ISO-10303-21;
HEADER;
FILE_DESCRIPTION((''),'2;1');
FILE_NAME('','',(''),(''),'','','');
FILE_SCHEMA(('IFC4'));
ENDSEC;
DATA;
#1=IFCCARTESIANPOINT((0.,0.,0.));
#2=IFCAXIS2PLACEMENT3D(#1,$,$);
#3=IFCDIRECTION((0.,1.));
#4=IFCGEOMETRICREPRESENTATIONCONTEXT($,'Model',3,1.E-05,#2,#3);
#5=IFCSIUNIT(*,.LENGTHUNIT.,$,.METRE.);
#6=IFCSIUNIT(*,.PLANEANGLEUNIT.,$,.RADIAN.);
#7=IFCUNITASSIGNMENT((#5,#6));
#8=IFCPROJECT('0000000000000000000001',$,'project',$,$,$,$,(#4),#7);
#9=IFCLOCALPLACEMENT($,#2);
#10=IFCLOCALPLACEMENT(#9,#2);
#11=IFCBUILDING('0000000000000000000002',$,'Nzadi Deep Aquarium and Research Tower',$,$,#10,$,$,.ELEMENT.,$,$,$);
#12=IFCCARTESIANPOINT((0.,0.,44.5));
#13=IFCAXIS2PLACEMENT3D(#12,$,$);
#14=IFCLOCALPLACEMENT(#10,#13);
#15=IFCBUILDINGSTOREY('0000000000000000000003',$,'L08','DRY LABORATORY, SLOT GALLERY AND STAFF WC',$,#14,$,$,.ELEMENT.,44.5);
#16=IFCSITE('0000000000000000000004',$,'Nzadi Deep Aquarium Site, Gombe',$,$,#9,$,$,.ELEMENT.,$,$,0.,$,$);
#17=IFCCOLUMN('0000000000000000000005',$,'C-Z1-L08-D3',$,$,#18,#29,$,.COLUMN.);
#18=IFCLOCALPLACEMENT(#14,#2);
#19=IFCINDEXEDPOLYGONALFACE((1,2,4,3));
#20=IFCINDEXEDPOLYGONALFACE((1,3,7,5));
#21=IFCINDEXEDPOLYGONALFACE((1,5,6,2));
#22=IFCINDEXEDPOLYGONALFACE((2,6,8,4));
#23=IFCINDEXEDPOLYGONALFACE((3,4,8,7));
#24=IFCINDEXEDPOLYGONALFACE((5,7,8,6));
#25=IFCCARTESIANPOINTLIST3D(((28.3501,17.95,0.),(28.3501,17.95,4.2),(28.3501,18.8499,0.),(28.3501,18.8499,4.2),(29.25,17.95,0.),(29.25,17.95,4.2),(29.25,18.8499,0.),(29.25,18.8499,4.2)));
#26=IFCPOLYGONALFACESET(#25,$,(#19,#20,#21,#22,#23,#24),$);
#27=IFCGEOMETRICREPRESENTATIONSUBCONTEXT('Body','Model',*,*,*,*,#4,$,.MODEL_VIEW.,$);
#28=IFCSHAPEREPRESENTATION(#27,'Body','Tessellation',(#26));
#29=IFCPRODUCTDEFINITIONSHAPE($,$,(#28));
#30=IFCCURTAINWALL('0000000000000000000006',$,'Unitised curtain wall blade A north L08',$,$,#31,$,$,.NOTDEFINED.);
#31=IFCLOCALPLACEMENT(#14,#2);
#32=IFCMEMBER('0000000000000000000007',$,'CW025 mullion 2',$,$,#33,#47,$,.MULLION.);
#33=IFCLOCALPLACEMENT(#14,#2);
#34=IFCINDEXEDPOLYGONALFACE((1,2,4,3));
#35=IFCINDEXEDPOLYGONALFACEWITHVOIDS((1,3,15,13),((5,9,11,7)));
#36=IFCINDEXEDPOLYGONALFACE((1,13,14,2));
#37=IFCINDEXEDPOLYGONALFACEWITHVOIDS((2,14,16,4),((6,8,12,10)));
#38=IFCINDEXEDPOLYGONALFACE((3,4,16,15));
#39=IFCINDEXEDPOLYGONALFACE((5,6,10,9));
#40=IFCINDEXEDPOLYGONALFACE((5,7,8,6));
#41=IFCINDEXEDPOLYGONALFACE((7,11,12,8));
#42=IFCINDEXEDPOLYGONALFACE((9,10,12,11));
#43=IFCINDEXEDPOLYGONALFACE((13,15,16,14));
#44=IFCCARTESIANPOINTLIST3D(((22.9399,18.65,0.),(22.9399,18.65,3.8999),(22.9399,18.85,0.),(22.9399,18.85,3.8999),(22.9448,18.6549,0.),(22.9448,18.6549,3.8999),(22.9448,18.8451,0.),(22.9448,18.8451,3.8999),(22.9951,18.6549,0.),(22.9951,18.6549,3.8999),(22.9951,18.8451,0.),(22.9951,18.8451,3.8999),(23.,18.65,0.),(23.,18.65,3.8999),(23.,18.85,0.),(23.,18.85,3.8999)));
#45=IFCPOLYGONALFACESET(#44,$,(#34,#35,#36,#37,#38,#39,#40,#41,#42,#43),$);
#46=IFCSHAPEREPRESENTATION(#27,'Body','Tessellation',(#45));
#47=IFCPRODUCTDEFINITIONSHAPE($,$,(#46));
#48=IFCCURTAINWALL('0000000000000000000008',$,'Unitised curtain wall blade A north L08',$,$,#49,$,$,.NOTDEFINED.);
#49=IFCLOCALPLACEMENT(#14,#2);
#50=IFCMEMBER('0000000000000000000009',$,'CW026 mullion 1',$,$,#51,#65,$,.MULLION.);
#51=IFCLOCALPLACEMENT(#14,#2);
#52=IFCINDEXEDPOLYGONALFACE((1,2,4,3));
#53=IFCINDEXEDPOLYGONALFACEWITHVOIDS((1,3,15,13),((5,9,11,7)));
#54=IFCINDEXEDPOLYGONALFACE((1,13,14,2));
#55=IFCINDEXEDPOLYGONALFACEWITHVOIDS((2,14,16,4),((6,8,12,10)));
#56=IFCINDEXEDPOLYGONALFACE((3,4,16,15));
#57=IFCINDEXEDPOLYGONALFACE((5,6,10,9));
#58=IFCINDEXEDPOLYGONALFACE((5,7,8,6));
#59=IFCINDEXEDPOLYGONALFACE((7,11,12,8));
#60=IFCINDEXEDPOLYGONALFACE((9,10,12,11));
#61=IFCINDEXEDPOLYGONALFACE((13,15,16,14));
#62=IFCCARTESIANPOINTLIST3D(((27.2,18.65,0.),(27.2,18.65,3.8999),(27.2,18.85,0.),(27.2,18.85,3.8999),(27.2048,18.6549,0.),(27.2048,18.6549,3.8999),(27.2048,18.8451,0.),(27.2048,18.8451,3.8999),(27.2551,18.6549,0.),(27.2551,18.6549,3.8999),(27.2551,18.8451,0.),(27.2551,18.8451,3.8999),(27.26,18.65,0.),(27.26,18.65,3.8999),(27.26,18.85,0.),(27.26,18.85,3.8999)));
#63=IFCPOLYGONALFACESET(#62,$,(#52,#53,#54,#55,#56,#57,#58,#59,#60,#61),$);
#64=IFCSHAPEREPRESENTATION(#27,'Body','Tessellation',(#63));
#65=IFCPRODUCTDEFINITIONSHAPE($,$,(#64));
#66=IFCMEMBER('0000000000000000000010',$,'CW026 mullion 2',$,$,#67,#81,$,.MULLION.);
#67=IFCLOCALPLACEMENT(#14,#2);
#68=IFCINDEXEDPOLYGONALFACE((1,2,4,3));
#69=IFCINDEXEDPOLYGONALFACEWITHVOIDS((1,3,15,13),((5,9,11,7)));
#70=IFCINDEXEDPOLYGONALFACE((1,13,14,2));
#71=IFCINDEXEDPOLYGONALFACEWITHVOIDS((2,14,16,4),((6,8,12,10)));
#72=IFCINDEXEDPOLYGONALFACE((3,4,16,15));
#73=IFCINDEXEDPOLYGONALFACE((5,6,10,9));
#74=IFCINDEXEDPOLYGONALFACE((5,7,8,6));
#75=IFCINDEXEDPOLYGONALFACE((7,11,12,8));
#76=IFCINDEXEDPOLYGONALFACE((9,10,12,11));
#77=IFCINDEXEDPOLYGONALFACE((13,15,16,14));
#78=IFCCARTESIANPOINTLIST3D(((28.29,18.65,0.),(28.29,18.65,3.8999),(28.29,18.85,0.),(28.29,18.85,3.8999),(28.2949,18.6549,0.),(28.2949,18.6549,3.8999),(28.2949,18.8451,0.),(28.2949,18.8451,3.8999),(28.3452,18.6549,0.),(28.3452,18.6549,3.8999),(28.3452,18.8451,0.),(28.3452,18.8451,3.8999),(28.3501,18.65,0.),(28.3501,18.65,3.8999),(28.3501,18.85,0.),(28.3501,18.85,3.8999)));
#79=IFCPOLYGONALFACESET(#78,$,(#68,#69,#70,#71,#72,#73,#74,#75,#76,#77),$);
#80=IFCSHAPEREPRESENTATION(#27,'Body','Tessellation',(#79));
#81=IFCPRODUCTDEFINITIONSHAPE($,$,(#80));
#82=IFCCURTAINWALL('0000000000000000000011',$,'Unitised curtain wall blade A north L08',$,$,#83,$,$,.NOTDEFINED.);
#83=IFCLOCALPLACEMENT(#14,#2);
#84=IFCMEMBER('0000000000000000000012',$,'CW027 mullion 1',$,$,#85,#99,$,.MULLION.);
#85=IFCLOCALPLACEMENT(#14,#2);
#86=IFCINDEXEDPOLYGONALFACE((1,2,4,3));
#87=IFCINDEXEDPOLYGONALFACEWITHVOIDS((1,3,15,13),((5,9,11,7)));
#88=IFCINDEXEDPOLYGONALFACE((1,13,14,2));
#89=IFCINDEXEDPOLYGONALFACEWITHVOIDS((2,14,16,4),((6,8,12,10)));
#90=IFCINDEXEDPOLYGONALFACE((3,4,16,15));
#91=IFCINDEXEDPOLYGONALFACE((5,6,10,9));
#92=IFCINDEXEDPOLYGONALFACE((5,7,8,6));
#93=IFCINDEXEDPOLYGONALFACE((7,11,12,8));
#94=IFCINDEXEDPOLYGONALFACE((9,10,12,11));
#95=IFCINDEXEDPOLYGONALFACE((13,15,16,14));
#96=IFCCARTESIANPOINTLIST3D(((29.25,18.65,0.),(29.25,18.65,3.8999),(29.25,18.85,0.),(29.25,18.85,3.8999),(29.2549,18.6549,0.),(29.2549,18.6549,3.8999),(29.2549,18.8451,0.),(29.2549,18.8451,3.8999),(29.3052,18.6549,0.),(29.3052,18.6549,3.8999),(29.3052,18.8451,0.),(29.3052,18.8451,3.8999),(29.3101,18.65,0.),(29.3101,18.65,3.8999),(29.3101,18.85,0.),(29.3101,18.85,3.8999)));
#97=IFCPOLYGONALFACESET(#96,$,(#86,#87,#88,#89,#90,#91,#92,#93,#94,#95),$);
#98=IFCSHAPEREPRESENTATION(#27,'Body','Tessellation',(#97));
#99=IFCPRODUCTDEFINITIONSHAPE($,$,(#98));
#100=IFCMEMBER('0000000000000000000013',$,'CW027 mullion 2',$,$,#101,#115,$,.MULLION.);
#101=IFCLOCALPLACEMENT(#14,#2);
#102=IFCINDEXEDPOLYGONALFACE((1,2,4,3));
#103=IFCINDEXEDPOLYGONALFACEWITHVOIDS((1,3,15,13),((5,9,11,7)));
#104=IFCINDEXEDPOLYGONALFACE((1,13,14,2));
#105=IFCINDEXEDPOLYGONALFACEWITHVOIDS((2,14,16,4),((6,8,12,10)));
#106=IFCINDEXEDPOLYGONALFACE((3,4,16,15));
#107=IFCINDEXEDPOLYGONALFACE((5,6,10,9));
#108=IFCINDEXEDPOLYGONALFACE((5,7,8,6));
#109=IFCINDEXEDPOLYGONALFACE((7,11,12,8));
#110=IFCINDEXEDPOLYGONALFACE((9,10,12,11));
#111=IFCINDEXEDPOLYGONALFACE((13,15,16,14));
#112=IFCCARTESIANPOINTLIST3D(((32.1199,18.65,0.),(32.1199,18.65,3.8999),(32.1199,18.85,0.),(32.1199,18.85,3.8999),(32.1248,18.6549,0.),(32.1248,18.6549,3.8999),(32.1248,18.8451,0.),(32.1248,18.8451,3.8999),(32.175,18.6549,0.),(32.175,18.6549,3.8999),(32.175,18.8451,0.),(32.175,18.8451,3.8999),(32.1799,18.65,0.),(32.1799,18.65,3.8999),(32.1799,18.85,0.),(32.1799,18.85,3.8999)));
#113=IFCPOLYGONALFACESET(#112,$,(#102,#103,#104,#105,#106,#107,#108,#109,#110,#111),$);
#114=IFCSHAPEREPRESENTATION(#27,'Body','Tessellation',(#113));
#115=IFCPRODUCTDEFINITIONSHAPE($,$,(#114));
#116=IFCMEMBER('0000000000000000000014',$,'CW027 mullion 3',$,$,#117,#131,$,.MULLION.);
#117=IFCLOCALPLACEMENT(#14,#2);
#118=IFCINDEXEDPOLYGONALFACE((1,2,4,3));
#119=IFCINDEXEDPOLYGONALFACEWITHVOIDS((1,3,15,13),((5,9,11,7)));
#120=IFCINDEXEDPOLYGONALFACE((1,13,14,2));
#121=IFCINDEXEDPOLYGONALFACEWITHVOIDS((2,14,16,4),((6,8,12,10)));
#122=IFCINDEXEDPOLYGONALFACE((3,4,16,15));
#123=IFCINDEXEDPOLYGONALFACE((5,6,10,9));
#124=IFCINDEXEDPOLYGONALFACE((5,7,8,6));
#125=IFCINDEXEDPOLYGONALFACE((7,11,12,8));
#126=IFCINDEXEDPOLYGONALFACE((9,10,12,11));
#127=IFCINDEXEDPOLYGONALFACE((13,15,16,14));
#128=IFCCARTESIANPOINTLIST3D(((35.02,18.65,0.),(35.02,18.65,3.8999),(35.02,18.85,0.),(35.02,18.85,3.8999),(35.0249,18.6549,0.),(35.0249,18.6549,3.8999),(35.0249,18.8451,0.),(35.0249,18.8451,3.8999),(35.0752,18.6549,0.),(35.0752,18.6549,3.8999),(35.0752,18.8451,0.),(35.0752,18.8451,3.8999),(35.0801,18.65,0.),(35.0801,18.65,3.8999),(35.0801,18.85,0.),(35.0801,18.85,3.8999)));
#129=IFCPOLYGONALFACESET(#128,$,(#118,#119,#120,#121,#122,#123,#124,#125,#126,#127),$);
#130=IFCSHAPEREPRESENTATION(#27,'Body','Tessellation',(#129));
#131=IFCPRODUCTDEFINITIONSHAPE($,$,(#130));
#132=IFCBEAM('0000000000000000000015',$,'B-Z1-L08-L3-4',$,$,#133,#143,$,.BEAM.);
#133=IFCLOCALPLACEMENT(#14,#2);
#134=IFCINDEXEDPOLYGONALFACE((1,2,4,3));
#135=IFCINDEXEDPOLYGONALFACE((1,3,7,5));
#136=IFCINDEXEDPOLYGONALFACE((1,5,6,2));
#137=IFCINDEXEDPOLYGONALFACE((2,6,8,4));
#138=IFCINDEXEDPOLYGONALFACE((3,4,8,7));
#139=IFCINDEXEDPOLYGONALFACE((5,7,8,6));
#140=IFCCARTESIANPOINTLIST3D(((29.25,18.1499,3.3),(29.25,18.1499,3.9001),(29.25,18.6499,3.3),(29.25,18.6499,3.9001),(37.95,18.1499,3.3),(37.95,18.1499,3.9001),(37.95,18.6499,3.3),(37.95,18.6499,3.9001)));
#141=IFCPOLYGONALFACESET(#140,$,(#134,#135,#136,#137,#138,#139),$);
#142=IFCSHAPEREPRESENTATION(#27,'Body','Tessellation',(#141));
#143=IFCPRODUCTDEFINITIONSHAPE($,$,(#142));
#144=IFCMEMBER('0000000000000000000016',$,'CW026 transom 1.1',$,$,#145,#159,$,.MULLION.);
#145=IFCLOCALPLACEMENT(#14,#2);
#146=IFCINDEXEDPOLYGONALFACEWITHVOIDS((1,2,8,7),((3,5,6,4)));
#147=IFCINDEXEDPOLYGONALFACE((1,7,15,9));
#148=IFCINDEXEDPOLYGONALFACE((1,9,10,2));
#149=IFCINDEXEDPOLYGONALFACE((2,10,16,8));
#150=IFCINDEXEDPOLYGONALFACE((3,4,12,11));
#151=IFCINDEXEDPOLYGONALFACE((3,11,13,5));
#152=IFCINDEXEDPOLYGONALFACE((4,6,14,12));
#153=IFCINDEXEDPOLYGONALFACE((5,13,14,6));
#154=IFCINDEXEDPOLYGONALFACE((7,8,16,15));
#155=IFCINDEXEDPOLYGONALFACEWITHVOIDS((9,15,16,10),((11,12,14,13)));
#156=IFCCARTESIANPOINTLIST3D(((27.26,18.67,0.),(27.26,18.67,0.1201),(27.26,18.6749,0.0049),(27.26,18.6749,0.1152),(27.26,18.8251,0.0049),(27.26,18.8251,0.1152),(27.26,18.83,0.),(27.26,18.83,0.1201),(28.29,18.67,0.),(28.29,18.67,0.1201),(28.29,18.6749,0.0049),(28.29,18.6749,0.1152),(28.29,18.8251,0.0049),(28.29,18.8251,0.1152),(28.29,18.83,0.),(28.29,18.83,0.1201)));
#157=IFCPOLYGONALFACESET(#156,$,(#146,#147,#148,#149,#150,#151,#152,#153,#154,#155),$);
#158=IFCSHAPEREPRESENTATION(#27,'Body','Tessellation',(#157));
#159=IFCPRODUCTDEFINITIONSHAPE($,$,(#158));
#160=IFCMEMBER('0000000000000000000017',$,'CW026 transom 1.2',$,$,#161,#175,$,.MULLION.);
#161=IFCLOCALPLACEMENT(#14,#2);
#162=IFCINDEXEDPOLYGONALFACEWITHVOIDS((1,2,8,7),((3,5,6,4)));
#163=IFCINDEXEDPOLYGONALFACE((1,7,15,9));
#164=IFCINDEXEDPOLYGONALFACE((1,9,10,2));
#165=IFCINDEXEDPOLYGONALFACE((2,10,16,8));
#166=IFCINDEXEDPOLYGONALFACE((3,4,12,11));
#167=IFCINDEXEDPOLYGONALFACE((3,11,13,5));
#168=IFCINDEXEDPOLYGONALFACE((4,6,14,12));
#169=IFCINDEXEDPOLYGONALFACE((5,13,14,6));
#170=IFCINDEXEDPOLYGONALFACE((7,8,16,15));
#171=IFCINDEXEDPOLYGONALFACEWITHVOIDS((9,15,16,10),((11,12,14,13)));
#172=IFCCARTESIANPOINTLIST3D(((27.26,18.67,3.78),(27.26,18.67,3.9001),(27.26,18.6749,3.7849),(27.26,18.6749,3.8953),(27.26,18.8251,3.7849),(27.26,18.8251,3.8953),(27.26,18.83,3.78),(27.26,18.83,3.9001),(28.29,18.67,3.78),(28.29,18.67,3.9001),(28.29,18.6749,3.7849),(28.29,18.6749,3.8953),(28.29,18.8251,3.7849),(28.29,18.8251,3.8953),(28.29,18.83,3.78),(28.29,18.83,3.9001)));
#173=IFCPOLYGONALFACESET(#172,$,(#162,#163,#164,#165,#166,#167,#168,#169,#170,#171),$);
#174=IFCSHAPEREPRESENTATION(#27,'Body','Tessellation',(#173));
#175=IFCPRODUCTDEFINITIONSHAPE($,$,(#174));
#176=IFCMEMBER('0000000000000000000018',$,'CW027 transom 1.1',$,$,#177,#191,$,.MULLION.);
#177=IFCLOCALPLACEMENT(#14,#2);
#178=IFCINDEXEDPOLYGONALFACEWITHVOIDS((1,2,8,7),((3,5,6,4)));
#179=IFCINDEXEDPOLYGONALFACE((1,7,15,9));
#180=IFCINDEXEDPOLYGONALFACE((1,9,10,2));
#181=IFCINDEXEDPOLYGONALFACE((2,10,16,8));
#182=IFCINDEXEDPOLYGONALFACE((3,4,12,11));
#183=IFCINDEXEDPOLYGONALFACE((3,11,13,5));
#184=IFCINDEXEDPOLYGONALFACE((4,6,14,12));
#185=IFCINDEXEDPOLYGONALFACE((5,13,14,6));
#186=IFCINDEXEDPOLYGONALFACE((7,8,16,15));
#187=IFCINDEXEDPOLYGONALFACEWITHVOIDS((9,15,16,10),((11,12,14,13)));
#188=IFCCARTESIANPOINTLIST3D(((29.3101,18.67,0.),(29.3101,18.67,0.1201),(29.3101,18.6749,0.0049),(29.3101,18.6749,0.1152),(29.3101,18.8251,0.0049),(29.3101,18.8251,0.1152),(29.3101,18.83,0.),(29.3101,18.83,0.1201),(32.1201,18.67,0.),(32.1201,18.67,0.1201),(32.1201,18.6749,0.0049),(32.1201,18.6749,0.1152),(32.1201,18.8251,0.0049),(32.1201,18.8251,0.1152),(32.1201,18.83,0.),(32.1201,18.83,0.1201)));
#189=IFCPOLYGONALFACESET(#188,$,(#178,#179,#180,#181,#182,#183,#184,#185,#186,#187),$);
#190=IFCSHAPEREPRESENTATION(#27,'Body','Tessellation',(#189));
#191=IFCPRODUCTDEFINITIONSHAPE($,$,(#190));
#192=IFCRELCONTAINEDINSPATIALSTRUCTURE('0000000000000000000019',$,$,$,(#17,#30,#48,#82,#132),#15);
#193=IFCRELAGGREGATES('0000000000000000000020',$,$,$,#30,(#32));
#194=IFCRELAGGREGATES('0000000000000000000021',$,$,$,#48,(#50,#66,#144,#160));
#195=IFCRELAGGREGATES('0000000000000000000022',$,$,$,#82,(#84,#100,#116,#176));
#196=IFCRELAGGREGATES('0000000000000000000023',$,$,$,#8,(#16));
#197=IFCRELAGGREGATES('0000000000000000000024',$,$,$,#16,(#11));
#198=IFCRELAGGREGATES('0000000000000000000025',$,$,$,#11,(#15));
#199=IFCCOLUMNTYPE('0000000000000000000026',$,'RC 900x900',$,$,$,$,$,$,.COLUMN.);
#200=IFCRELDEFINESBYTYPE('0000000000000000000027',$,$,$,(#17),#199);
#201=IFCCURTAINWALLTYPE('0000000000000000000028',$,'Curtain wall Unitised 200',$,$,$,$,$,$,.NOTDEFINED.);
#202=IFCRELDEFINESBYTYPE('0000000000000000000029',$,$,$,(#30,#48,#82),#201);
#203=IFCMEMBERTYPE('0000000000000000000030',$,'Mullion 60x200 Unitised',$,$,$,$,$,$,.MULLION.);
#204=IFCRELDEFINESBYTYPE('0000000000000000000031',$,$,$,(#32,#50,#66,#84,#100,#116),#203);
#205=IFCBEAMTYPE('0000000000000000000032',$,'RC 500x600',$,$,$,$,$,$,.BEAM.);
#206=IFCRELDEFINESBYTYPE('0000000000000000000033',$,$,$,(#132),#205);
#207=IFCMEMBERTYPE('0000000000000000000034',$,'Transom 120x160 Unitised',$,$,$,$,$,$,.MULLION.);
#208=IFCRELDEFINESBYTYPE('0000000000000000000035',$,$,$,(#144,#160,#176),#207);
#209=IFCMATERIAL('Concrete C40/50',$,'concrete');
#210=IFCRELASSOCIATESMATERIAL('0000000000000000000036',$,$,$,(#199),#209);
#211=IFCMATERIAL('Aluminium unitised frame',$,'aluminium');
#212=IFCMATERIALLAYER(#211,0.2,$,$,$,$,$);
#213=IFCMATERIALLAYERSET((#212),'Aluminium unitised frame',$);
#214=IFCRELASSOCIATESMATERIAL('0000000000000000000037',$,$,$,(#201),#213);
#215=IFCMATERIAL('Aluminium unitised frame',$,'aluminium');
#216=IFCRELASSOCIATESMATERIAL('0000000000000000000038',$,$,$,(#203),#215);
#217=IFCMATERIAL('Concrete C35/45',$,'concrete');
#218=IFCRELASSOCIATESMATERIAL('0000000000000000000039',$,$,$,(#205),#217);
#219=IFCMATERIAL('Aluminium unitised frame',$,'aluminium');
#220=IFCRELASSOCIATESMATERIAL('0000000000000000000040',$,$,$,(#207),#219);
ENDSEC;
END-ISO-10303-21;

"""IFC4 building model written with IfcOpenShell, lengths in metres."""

from ifc_helpers import new_model, si_unit, direction, frame, origin, origin_2d, place, context, subcontext, project, spatial, rectangle, hollow_rectangle, extrude, material, layer, layer_set, material_profile, profile_set, type_object, element, aggregate, save


model = new_model("IFC4")

# Units and contexts
model_context = context("Model", 3, precision=1e-05, world=origin(), true_north=direction((0.0, 1.0)))
body_context = subcontext(model_context, "Body", "Model", "MODEL_VIEW")
ifc_project = project(units=[si_unit("LENGTHUNIT", "METRE"), si_unit("PLANEANGLEUNIT", "RADIAN")], contexts=[model_context])

# Site, building, storey
site_placement = place(None, origin())
site = spatial("IfcSite", under=ifc_project, at=site_placement, Name="Nzadi Deep Aquarium Site, Gombe", CompositionType="ELEMENT", RefElevation=0.0)
building_placement = place(site_placement, origin())
building = spatial("IfcBuilding", under=site, at=building_placement, Name="Nzadi Deep Aquarium and Research Tower", CompositionType="ELEMENT")
storey_placement = place(building_placement, frame((0.0, 0.0, 44.5)))
storey = spatial("IfcBuildingStorey", under=building, at=storey_placement, Name="L08", Description="DRY LABORATORY, SLOT GALLERY AND STAFF WC", CompositionType="ELEMENT", Elevation=44.5)

# Column
ifc_material_1 = material(Name="Concrete C40/50", Category="concrete")
ifc_material_profile_1 = material_profile(ifc_material_1, rectangle(XDim=0.8999, YDim=0.8999, at=origin_2d()))
ifc_profile_set_1 = profile_set([ifc_material_profile_1], Name="Concrete C40/50")
column_type = type_object("IfcColumnType", Name="RC 900x900", PredefinedType="COLUMN", material=ifc_profile_set_1)
column_placement = place(storey_placement, frame((28.8, 18.3999, 0.0), z_axis=(0.0, 0.0, 1.0), x_axis=(1.0, 0.0, 0.0)))
element("IfcColumn", 1, at=column_placement, inside=storey, type_object=column_type, Name="C-Z1-L08-D3", PredefinedType="COLUMN", context=body_context, shape_type="SweptSolid", body=[
    extrude(rectangle(XDim=0.8999, YDim=0.8999, at=origin_2d()), origin(), (0.0, 0.0, 1.0), 4.2),
])

# Curtain wall, member
ifc_material_2 = material(Name="Aluminium unitised frame", Category="aluminium")
ifc_layer_1 = layer(ifc_material_2, 0.2)
ifc_layer_set_1 = layer_set([ifc_layer_1], Name="Aluminium unitised frame")
curtain_wall_type = type_object("IfcCurtainWallType", Name="Curtain wall Unitised 200", PredefinedType="NOTDEFINED", material=ifc_layer_set_1)
curtain_wall_1_placement = place(storey_placement, origin())
curtain_wall_1 = element("IfcCurtainWall", 2, at=curtain_wall_1_placement, inside=storey, type_object=curtain_wall_type, Name="Unitised curtain wall blade A north L08", PredefinedType="NOTDEFINED")
ifc_material_3 = material(Name="Aluminium unitised frame", Category="aluminium")
ifc_material_profile_2 = material_profile(ifc_material_3, hollow_rectangle(XDim=0.2, YDim=0.0601, WallThickness=0.0049, at=origin_2d()))
ifc_profile_set_2 = profile_set([ifc_material_profile_2], Name="Aluminium unitised frame")
member_type_1 = type_object("IfcMemberType", Name="Mullion 60x200 Unitised", PredefinedType="MULLION", material=ifc_profile_set_2)
member_1_placement = place(storey_placement, frame((22.97, 18.75, 0.0), z_axis=(0.0, 0.0, 1.0), x_axis=(0.0, 1.0, 0.0)))
member_1 = element("IfcMember", 3, at=member_1_placement, type_object=member_type_1, Name="CW025 mullion 2", PredefinedType="MULLION", context=body_context, shape_type="SweptSolid", body=[
    extrude(hollow_rectangle(XDim=0.2, YDim=0.0601, WallThickness=0.0049, at=origin_2d()), origin(), (0.0, 0.0, 1.0), 3.8999),
])
aggregate(curtain_wall_1, [member_1])

# Curtain walls, members
curtain_wall_2_placement = place(storey_placement, origin())
curtain_wall_2 = element("IfcCurtainWall", 4, at=curtain_wall_2_placement, inside=storey, type_object=curtain_wall_type, Name="Unitised curtain wall blade A north L08", PredefinedType="NOTDEFINED")
member_2_placement = place(storey_placement, frame((27.23, 18.75, 0.0), z_axis=(0.0, 0.0, 1.0), x_axis=(0.0, 1.0, 0.0)))
member_2 = element("IfcMember", 5, at=member_2_placement, type_object=member_type_1, Name="CW026 mullion 1", PredefinedType="MULLION", context=body_context, shape_type="SweptSolid", body=[
    extrude(hollow_rectangle(XDim=0.2, YDim=0.0601, WallThickness=0.0049, at=origin_2d()), origin(), (0.0, 0.0, 1.0), 3.8999),
])
member_3_placement = place(storey_placement, frame((28.3201, 18.75, 0.0), z_axis=(0.0, 0.0, 1.0), x_axis=(0.0, 1.0, 0.0)))
member_3 = element("IfcMember", 6, at=member_3_placement, type_object=member_type_1, Name="CW026 mullion 2", PredefinedType="MULLION", context=body_context, shape_type="SweptSolid", body=[
    extrude(hollow_rectangle(XDim=0.2, YDim=0.0601, WallThickness=0.0049, at=origin_2d()), origin(), (0.0, 0.0, 1.0), 3.8999),
])
curtain_wall_3_placement = place(storey_placement, origin())
curtain_wall_3 = element("IfcCurtainWall", 7, at=curtain_wall_3_placement, inside=storey, type_object=curtain_wall_type, Name="Unitised curtain wall blade A north L08", PredefinedType="NOTDEFINED")
member_4_placement = place(storey_placement, frame((29.28, 18.75, 0.0), z_axis=(0.0, 0.0, 1.0), x_axis=(0.0, 1.0, 0.0)))
member_4 = element("IfcMember", 8, at=member_4_placement, type_object=member_type_1, Name="CW027 mullion 1", PredefinedType="MULLION", context=body_context, shape_type="SweptSolid", body=[
    extrude(hollow_rectangle(XDim=0.2, YDim=0.0601, WallThickness=0.0049, at=origin_2d()), origin(), (0.0, 0.0, 1.0), 3.8999),
])
member_5_placement = place(storey_placement, frame((32.1499, 18.75, 0.0), z_axis=(0.0, 0.0, 1.0), x_axis=(0.0, 1.0, 0.0)))
member_5 = element("IfcMember", 9, at=member_5_placement, type_object=member_type_1, Name="CW027 mullion 2", PredefinedType="MULLION", context=body_context, shape_type="SweptSolid", body=[
    extrude(hollow_rectangle(XDim=0.2, YDim=0.0601, WallThickness=0.0049, at=origin_2d()), origin(), (0.0, 0.0, 1.0), 3.8999),
])
member_6_placement = place(storey_placement, frame((35.05, 18.75, 0.0), z_axis=(0.0, 0.0, 1.0), x_axis=(0.0, 1.0, 0.0)))
member_6 = element("IfcMember", 10, at=member_6_placement, type_object=member_type_1, Name="CW027 mullion 3", PredefinedType="MULLION", context=body_context, shape_type="SweptSolid", body=[
    extrude(hollow_rectangle(XDim=0.2, YDim=0.0601, WallThickness=0.0049, at=origin_2d()), origin(), (0.0, 0.0, 1.0), 3.8999),
])

# Beam
ifc_material_4 = material(Name="Concrete C35/45", Category="concrete")
ifc_material_profile_3 = material_profile(ifc_material_4, rectangle(XDim=0.5, YDim=0.6001, at=origin_2d()))
ifc_profile_set_3 = profile_set([ifc_material_profile_3], Name="Concrete C35/45")
beam_type = type_object("IfcBeamType", Name="RC 500x600", PredefinedType="BEAM", material=ifc_profile_set_3)
beam_placement = place(storey_placement, frame((29.25, 18.3999, 3.6001), z_axis=(1.0, 0.0, 0.0), x_axis=(0.0, 1.0, 0.0)))
element("IfcBeam", 11, at=beam_placement, inside=storey, type_object=beam_type, Name="B-Z1-L08-L3-4", PredefinedType="BEAM", context=body_context, shape_type="SweptSolid", body=[
    extrude(rectangle(XDim=0.5, YDim=0.6001, at=origin_2d()), origin(), (0.0, 0.0, 1.0), 8.7),
])

# Members
ifc_material_5 = material(Name="Aluminium unitised frame", Category="aluminium")
ifc_material_profile_4 = material_profile(ifc_material_5, hollow_rectangle(XDim=0.1599, YDim=0.1201, WallThickness=0.0049, at=origin_2d()))
ifc_profile_set_4 = profile_set([ifc_material_profile_4], Name="Aluminium unitised frame")
member_type_2 = type_object("IfcMemberType", Name="Transom 120x160 Unitised", PredefinedType="MULLION", material=ifc_profile_set_4)
member_7_placement = place(storey_placement, frame((27.26, 18.75, 0.0601), z_axis=(1.0, 0.0, 0.0), x_axis=(0.0, 1.0, 0.0)))
member_7 = element("IfcMember", 12, at=member_7_placement, type_object=member_type_2, Name="CW026 transom 1.1", PredefinedType="MULLION", context=body_context, shape_type="SweptSolid", body=[
    extrude(hollow_rectangle(XDim=0.1599, YDim=0.1201, WallThickness=0.0049, at=origin_2d()), origin(), (0.0, 0.0, 1.0), 1.03),
])
member_8_placement = place(storey_placement, frame((27.26, 18.75, 3.8401), z_axis=(1.0, 0.0, 0.0), x_axis=(0.0, 1.0, 0.0)))
member_8 = element("IfcMember", 13, at=member_8_placement, type_object=member_type_2, Name="CW026 transom 1.2", PredefinedType="MULLION", context=body_context, shape_type="SweptSolid", body=[
    extrude(hollow_rectangle(XDim=0.1599, YDim=0.1201, WallThickness=0.0049, at=origin_2d()), origin(), (0.0, 0.0, 1.0), 1.03),
])
member_9_placement = place(storey_placement, frame((29.3101, 18.75, 0.0601), z_axis=(1.0, 0.0, 0.0), x_axis=(0.0, 1.0, 0.0)))
member_9 = element("IfcMember", 14, at=member_9_placement, type_object=member_type_2, Name="CW027 transom 1.1", PredefinedType="MULLION", context=body_context, shape_type="SweptSolid", body=[
    extrude(hollow_rectangle(XDim=0.1599, YDim=0.1201, WallThickness=0.0049, at=origin_2d()), origin(), (0.0, 0.0, 1.0), 2.8101),
])

aggregate(curtain_wall_2, [member_2, member_3, member_7, member_8])
aggregate(curtain_wall_3, [member_4, member_5, member_6, member_9])

save(model, "model.ifc")
